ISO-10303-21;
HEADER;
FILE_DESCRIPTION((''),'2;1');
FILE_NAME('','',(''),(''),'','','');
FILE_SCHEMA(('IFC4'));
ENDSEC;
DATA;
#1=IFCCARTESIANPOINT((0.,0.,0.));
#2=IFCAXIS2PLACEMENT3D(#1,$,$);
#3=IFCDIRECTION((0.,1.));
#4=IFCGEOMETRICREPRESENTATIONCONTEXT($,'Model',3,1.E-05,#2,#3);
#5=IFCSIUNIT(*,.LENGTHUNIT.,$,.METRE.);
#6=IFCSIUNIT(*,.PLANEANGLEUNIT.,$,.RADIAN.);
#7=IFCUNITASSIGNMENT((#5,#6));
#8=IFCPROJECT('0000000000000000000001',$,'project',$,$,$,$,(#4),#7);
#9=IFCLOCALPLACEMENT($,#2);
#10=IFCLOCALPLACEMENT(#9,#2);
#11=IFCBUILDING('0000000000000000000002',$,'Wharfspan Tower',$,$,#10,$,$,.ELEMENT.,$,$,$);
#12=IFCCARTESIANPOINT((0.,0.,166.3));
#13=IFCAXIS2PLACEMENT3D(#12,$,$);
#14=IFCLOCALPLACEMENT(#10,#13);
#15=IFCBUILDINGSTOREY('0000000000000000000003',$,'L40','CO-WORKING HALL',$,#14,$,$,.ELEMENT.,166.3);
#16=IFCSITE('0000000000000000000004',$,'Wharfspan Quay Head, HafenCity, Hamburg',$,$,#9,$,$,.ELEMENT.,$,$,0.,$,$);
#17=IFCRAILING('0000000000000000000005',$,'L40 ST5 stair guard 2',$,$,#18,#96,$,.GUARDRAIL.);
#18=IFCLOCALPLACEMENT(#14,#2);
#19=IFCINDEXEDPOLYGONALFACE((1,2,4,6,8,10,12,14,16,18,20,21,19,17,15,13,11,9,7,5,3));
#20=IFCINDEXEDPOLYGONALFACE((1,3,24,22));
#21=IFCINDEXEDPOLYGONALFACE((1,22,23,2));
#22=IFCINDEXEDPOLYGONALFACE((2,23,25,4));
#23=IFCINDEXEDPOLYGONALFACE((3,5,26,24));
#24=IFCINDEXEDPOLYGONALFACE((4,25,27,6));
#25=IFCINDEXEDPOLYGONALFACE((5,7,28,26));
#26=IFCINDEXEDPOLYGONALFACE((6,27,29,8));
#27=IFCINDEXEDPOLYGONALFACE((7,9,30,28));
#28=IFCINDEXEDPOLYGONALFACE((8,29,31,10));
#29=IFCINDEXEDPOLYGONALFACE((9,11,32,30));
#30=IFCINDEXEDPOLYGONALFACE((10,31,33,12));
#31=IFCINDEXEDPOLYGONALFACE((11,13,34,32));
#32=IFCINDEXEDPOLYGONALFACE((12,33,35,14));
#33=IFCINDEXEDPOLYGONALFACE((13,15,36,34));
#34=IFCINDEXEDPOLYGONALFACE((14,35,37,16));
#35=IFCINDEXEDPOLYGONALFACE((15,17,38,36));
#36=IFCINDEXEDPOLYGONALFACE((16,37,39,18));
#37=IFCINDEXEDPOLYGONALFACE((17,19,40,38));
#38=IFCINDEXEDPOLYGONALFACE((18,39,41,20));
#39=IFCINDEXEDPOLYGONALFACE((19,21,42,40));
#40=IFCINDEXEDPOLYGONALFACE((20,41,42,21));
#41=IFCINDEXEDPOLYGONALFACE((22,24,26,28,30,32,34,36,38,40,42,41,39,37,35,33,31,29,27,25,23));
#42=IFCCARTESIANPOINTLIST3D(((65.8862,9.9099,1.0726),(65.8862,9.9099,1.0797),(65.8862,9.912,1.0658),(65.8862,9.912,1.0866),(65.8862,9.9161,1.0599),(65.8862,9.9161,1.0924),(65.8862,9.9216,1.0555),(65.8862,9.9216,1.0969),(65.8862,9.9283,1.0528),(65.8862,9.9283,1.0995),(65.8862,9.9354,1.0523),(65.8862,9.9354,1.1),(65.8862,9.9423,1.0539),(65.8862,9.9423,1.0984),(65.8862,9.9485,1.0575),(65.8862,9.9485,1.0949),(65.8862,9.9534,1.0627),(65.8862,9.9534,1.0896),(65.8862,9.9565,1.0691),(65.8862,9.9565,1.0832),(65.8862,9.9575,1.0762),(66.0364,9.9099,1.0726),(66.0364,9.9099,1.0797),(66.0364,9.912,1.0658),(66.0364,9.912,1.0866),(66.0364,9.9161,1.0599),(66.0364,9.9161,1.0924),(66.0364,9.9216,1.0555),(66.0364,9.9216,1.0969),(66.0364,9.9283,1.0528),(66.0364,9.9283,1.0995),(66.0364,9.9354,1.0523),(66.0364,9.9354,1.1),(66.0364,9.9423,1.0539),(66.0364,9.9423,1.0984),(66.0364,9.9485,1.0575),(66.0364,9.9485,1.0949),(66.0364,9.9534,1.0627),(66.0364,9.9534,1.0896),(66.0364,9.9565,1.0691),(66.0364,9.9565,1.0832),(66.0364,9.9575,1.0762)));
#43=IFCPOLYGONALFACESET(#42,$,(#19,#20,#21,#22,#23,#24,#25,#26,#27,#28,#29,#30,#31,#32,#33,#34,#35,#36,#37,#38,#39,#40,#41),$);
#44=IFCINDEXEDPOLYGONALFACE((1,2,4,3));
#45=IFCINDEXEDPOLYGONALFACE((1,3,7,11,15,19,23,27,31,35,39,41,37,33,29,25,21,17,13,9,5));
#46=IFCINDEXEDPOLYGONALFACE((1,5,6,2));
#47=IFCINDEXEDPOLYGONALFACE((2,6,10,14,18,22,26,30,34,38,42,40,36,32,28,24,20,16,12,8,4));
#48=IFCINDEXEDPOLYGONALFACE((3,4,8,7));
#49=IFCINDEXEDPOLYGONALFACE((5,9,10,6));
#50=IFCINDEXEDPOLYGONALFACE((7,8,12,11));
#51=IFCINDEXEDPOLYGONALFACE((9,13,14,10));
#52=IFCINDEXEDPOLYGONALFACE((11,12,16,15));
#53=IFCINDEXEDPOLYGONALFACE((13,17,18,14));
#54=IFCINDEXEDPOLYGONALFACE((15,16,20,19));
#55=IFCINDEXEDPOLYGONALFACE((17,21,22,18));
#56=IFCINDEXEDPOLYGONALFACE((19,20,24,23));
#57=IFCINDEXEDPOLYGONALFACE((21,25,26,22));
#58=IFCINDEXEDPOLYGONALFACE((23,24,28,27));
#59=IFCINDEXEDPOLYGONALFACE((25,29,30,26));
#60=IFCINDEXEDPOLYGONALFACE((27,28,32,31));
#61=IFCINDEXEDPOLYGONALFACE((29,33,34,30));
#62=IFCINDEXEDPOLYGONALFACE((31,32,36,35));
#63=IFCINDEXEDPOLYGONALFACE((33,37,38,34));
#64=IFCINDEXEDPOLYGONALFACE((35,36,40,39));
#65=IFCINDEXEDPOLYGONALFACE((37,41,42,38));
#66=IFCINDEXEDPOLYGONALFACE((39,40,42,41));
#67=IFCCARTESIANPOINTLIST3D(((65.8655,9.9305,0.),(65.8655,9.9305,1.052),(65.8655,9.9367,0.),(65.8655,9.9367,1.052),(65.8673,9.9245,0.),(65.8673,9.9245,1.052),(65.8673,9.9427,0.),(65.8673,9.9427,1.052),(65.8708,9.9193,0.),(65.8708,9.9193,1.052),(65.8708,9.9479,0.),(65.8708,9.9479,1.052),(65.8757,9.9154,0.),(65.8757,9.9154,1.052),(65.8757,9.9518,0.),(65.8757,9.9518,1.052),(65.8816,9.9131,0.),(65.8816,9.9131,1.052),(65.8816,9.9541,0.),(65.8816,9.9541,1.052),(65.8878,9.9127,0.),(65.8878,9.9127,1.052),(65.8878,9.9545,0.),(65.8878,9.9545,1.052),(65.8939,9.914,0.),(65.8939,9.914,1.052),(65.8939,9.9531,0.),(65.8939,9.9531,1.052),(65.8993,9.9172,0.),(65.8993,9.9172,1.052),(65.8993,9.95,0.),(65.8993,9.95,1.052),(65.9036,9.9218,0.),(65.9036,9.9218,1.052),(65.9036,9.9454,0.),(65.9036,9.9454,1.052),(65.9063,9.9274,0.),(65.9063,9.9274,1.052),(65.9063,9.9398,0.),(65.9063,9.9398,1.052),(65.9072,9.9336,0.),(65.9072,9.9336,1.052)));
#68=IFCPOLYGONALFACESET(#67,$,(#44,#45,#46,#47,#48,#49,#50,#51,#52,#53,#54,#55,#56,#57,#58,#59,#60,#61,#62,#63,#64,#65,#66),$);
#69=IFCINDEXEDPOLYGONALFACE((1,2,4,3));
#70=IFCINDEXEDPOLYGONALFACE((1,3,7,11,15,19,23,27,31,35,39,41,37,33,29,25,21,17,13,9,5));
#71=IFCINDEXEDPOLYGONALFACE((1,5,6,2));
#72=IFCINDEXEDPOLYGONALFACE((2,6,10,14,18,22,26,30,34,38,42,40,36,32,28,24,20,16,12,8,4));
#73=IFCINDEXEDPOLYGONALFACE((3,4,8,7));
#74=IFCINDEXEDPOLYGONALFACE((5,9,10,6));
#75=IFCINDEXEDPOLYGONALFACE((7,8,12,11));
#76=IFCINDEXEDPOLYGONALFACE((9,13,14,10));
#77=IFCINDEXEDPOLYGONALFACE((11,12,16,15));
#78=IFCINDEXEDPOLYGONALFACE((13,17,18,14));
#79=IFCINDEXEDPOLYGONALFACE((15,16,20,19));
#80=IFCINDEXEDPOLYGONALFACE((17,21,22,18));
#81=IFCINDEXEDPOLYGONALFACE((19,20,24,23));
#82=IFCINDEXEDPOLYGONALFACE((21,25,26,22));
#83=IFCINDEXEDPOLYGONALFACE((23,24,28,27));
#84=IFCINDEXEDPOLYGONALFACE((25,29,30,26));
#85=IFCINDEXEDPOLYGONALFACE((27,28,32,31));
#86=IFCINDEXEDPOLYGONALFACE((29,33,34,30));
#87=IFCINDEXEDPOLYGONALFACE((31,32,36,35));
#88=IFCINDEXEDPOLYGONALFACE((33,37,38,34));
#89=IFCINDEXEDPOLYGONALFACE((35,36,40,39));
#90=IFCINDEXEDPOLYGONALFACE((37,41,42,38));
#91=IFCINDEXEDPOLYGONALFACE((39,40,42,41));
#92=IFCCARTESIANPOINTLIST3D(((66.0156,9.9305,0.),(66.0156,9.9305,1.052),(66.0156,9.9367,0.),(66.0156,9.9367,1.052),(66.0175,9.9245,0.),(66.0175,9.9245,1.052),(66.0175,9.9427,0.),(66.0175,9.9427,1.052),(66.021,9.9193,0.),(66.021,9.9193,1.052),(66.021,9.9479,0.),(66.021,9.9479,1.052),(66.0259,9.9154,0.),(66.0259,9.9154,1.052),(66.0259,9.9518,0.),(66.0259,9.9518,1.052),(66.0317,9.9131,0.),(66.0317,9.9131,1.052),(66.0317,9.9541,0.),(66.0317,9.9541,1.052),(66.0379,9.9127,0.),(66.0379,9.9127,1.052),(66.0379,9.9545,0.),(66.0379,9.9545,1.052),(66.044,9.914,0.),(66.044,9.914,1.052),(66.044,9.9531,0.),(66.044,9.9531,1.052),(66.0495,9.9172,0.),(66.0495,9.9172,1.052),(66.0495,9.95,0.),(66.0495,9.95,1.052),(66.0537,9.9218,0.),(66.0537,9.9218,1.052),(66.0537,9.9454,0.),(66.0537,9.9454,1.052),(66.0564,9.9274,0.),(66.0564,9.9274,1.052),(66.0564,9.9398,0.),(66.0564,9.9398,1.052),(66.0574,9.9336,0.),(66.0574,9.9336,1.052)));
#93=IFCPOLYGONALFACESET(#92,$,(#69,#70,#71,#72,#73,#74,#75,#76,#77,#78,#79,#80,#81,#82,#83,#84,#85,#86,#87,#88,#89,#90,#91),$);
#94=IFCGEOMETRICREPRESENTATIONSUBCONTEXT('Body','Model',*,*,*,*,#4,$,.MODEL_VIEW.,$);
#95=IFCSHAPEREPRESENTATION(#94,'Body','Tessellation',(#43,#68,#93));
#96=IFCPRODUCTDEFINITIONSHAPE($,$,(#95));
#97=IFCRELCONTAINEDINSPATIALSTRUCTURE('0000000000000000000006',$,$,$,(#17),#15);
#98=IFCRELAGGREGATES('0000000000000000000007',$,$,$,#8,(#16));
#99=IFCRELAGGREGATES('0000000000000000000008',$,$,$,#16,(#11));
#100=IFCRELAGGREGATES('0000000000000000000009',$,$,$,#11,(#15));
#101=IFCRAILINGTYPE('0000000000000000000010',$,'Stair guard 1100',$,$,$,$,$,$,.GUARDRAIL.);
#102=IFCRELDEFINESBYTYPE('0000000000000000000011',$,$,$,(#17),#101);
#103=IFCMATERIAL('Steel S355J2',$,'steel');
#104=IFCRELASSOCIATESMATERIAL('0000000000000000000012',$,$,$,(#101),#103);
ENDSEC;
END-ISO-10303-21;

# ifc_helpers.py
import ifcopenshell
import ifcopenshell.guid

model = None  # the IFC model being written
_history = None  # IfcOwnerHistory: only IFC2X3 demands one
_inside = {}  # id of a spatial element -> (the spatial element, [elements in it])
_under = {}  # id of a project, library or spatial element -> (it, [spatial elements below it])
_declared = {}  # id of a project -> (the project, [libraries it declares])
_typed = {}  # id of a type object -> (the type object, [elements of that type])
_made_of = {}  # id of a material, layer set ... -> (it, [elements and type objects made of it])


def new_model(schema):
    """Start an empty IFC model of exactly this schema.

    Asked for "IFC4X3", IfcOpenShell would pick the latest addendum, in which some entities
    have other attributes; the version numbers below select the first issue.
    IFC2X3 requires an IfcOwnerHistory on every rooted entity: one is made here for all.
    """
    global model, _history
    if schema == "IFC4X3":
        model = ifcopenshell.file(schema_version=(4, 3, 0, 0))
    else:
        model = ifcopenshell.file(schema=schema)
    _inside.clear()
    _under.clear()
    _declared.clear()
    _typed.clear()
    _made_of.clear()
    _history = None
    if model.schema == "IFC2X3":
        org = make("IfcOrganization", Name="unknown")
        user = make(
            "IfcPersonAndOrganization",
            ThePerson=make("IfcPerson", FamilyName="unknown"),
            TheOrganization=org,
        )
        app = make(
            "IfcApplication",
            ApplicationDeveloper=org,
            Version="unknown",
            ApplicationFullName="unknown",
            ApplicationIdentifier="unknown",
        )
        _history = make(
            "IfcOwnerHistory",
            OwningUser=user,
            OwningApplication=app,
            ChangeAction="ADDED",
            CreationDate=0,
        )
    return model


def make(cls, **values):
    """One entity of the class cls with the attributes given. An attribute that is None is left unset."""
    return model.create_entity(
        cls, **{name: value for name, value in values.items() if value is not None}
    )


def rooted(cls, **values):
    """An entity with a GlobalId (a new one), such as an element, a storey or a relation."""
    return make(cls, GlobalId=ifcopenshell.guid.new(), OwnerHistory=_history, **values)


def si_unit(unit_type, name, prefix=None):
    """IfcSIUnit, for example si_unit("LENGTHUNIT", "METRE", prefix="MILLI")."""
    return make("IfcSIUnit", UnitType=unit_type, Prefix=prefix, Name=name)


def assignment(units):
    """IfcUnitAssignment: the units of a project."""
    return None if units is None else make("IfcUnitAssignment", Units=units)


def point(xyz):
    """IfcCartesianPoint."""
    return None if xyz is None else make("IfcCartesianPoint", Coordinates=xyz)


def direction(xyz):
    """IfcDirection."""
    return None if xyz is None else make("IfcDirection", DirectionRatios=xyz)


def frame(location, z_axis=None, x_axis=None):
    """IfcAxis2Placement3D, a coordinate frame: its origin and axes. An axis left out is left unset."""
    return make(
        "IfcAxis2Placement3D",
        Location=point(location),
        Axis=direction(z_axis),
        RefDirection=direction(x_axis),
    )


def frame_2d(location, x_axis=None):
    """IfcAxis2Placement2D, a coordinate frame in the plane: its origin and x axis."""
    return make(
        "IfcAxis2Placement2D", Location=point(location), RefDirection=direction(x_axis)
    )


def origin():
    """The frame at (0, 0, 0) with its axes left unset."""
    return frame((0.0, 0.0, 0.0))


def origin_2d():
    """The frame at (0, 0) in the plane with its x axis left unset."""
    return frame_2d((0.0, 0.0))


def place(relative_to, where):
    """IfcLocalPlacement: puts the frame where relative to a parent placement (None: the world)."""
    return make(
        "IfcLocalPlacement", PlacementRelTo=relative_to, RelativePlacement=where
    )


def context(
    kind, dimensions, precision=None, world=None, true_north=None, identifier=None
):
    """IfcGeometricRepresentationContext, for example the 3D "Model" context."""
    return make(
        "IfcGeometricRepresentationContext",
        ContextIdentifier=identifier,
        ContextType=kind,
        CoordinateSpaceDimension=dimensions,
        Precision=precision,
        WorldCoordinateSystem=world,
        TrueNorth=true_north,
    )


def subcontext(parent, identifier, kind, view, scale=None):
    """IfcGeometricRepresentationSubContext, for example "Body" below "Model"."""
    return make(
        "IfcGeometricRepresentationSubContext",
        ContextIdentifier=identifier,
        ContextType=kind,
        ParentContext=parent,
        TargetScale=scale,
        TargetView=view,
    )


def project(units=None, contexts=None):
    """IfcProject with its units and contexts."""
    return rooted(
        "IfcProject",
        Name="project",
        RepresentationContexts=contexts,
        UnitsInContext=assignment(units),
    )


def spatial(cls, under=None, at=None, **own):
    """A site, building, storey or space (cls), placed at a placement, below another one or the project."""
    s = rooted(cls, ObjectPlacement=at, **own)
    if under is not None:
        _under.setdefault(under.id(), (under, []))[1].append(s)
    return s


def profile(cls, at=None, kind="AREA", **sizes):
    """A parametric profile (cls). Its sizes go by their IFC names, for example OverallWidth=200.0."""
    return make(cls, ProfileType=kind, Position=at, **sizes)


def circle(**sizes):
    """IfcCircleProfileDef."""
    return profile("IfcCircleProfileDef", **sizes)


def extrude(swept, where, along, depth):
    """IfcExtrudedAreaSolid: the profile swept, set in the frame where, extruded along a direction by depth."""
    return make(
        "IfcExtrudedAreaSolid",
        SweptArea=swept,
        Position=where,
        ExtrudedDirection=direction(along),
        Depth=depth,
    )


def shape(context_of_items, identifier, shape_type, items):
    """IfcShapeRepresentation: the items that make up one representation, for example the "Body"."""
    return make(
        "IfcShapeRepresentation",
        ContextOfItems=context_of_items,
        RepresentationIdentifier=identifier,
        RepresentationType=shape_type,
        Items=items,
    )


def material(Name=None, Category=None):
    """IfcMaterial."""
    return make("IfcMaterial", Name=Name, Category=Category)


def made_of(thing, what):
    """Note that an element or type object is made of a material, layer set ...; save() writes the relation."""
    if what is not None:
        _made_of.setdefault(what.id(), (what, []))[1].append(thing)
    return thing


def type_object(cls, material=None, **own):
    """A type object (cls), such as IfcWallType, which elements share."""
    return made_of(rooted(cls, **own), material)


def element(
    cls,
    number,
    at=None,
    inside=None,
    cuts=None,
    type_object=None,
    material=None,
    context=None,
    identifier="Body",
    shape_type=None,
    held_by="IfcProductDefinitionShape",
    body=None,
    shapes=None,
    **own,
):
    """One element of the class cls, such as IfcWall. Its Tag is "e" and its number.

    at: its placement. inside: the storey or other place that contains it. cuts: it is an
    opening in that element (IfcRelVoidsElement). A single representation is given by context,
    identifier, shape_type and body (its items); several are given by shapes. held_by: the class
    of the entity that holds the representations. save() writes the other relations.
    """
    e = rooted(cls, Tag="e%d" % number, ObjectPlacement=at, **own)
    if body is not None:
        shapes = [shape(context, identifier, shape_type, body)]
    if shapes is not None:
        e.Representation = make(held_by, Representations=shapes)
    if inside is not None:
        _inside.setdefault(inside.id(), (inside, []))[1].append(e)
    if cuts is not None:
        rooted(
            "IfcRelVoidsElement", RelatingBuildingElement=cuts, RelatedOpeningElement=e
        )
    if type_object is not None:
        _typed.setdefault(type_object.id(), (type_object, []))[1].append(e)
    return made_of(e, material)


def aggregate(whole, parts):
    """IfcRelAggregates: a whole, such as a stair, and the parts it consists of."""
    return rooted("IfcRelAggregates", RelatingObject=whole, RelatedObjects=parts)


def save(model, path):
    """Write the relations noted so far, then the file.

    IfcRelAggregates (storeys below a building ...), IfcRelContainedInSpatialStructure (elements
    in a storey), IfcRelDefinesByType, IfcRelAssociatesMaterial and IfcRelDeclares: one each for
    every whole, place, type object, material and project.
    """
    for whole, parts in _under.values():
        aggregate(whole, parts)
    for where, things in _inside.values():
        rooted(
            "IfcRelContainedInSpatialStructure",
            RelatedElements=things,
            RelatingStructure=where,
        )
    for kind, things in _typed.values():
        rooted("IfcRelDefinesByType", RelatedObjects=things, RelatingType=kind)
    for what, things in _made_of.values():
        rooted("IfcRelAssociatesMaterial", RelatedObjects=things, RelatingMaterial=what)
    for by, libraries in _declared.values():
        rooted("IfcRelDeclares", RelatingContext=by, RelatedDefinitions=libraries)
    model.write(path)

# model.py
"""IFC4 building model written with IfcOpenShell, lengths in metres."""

from ifc_helpers import new_model, si_unit, direction, frame, origin, origin_2d, place, context, subcontext, project, spatial, circle, extrude, material, type_object, element, save


model = new_model("IFC4")

# Units and contexts
model_context = context("Model", 3, precision=1e-05, world=origin(), true_north=direction((0.0, 1.0)))
body_context = subcontext(model_context, "Body", "Model", "MODEL_VIEW")
ifc_project = project(units=[si_unit("LENGTHUNIT", "METRE"), si_unit("PLANEANGLEUNIT", "RADIAN")], contexts=[model_context])

# Site, building, storey
site_placement = place(None, origin())
site = spatial("IfcSite", under=ifc_project, at=site_placement, Name="Wharfspan Quay Head, HafenCity, Hamburg", CompositionType="ELEMENT", RefElevation=0.0)
building_placement = place(site_placement, origin())
building = spatial("IfcBuilding", under=site, at=building_placement, Name="Wharfspan Tower", CompositionType="ELEMENT")
storey_placement = place(building_placement, frame((0.0, 0.0, 166.3)))
storey = spatial("IfcBuildingStorey", under=building, at=storey_placement, Name="L40", Description="CO-WORKING HALL", CompositionType="ELEMENT", Elevation=166.3)

# Shared definitions
ifc_material_1 = material(Name="Steel S355J2", Category="steel")

# Railing
railing_type_1 = type_object("IfcRailingType", Name="Stair guard 1100", PredefinedType="GUARDRAIL", material=ifc_material_1)
railing_1_placement = place(storey_placement, frame((65.8862, 9.9336, 0.0)))
element("IfcRailing", 1, at=railing_1_placement, inside=storey, type_object=railing_type_1, Name="L40 ST5 stair guard 2", PredefinedType="GUARDRAIL", context=body_context, shape_type="SweptSolid", body=[
    extrude(circle(Radius=0.0239, at=origin_2d()), frame((0.0, 0.0, 1.0762), z_axis=(1.0, 0.0, 0.0), x_axis=(0.0, 1.0, 0.0)), (0.0, 0.0, 1.0), 0.1501),
    extrude(circle(Radius=0.021, at=origin_2d()), origin(), (0.0, 0.0, 1.0), 1.052),
    extrude(circle(Radius=0.021, at=origin_2d()), frame((0.1501, 0.0, 0.0)), (0.0, 0.0, 1.0), 1.052),
])

save(model, "model.ifc")
